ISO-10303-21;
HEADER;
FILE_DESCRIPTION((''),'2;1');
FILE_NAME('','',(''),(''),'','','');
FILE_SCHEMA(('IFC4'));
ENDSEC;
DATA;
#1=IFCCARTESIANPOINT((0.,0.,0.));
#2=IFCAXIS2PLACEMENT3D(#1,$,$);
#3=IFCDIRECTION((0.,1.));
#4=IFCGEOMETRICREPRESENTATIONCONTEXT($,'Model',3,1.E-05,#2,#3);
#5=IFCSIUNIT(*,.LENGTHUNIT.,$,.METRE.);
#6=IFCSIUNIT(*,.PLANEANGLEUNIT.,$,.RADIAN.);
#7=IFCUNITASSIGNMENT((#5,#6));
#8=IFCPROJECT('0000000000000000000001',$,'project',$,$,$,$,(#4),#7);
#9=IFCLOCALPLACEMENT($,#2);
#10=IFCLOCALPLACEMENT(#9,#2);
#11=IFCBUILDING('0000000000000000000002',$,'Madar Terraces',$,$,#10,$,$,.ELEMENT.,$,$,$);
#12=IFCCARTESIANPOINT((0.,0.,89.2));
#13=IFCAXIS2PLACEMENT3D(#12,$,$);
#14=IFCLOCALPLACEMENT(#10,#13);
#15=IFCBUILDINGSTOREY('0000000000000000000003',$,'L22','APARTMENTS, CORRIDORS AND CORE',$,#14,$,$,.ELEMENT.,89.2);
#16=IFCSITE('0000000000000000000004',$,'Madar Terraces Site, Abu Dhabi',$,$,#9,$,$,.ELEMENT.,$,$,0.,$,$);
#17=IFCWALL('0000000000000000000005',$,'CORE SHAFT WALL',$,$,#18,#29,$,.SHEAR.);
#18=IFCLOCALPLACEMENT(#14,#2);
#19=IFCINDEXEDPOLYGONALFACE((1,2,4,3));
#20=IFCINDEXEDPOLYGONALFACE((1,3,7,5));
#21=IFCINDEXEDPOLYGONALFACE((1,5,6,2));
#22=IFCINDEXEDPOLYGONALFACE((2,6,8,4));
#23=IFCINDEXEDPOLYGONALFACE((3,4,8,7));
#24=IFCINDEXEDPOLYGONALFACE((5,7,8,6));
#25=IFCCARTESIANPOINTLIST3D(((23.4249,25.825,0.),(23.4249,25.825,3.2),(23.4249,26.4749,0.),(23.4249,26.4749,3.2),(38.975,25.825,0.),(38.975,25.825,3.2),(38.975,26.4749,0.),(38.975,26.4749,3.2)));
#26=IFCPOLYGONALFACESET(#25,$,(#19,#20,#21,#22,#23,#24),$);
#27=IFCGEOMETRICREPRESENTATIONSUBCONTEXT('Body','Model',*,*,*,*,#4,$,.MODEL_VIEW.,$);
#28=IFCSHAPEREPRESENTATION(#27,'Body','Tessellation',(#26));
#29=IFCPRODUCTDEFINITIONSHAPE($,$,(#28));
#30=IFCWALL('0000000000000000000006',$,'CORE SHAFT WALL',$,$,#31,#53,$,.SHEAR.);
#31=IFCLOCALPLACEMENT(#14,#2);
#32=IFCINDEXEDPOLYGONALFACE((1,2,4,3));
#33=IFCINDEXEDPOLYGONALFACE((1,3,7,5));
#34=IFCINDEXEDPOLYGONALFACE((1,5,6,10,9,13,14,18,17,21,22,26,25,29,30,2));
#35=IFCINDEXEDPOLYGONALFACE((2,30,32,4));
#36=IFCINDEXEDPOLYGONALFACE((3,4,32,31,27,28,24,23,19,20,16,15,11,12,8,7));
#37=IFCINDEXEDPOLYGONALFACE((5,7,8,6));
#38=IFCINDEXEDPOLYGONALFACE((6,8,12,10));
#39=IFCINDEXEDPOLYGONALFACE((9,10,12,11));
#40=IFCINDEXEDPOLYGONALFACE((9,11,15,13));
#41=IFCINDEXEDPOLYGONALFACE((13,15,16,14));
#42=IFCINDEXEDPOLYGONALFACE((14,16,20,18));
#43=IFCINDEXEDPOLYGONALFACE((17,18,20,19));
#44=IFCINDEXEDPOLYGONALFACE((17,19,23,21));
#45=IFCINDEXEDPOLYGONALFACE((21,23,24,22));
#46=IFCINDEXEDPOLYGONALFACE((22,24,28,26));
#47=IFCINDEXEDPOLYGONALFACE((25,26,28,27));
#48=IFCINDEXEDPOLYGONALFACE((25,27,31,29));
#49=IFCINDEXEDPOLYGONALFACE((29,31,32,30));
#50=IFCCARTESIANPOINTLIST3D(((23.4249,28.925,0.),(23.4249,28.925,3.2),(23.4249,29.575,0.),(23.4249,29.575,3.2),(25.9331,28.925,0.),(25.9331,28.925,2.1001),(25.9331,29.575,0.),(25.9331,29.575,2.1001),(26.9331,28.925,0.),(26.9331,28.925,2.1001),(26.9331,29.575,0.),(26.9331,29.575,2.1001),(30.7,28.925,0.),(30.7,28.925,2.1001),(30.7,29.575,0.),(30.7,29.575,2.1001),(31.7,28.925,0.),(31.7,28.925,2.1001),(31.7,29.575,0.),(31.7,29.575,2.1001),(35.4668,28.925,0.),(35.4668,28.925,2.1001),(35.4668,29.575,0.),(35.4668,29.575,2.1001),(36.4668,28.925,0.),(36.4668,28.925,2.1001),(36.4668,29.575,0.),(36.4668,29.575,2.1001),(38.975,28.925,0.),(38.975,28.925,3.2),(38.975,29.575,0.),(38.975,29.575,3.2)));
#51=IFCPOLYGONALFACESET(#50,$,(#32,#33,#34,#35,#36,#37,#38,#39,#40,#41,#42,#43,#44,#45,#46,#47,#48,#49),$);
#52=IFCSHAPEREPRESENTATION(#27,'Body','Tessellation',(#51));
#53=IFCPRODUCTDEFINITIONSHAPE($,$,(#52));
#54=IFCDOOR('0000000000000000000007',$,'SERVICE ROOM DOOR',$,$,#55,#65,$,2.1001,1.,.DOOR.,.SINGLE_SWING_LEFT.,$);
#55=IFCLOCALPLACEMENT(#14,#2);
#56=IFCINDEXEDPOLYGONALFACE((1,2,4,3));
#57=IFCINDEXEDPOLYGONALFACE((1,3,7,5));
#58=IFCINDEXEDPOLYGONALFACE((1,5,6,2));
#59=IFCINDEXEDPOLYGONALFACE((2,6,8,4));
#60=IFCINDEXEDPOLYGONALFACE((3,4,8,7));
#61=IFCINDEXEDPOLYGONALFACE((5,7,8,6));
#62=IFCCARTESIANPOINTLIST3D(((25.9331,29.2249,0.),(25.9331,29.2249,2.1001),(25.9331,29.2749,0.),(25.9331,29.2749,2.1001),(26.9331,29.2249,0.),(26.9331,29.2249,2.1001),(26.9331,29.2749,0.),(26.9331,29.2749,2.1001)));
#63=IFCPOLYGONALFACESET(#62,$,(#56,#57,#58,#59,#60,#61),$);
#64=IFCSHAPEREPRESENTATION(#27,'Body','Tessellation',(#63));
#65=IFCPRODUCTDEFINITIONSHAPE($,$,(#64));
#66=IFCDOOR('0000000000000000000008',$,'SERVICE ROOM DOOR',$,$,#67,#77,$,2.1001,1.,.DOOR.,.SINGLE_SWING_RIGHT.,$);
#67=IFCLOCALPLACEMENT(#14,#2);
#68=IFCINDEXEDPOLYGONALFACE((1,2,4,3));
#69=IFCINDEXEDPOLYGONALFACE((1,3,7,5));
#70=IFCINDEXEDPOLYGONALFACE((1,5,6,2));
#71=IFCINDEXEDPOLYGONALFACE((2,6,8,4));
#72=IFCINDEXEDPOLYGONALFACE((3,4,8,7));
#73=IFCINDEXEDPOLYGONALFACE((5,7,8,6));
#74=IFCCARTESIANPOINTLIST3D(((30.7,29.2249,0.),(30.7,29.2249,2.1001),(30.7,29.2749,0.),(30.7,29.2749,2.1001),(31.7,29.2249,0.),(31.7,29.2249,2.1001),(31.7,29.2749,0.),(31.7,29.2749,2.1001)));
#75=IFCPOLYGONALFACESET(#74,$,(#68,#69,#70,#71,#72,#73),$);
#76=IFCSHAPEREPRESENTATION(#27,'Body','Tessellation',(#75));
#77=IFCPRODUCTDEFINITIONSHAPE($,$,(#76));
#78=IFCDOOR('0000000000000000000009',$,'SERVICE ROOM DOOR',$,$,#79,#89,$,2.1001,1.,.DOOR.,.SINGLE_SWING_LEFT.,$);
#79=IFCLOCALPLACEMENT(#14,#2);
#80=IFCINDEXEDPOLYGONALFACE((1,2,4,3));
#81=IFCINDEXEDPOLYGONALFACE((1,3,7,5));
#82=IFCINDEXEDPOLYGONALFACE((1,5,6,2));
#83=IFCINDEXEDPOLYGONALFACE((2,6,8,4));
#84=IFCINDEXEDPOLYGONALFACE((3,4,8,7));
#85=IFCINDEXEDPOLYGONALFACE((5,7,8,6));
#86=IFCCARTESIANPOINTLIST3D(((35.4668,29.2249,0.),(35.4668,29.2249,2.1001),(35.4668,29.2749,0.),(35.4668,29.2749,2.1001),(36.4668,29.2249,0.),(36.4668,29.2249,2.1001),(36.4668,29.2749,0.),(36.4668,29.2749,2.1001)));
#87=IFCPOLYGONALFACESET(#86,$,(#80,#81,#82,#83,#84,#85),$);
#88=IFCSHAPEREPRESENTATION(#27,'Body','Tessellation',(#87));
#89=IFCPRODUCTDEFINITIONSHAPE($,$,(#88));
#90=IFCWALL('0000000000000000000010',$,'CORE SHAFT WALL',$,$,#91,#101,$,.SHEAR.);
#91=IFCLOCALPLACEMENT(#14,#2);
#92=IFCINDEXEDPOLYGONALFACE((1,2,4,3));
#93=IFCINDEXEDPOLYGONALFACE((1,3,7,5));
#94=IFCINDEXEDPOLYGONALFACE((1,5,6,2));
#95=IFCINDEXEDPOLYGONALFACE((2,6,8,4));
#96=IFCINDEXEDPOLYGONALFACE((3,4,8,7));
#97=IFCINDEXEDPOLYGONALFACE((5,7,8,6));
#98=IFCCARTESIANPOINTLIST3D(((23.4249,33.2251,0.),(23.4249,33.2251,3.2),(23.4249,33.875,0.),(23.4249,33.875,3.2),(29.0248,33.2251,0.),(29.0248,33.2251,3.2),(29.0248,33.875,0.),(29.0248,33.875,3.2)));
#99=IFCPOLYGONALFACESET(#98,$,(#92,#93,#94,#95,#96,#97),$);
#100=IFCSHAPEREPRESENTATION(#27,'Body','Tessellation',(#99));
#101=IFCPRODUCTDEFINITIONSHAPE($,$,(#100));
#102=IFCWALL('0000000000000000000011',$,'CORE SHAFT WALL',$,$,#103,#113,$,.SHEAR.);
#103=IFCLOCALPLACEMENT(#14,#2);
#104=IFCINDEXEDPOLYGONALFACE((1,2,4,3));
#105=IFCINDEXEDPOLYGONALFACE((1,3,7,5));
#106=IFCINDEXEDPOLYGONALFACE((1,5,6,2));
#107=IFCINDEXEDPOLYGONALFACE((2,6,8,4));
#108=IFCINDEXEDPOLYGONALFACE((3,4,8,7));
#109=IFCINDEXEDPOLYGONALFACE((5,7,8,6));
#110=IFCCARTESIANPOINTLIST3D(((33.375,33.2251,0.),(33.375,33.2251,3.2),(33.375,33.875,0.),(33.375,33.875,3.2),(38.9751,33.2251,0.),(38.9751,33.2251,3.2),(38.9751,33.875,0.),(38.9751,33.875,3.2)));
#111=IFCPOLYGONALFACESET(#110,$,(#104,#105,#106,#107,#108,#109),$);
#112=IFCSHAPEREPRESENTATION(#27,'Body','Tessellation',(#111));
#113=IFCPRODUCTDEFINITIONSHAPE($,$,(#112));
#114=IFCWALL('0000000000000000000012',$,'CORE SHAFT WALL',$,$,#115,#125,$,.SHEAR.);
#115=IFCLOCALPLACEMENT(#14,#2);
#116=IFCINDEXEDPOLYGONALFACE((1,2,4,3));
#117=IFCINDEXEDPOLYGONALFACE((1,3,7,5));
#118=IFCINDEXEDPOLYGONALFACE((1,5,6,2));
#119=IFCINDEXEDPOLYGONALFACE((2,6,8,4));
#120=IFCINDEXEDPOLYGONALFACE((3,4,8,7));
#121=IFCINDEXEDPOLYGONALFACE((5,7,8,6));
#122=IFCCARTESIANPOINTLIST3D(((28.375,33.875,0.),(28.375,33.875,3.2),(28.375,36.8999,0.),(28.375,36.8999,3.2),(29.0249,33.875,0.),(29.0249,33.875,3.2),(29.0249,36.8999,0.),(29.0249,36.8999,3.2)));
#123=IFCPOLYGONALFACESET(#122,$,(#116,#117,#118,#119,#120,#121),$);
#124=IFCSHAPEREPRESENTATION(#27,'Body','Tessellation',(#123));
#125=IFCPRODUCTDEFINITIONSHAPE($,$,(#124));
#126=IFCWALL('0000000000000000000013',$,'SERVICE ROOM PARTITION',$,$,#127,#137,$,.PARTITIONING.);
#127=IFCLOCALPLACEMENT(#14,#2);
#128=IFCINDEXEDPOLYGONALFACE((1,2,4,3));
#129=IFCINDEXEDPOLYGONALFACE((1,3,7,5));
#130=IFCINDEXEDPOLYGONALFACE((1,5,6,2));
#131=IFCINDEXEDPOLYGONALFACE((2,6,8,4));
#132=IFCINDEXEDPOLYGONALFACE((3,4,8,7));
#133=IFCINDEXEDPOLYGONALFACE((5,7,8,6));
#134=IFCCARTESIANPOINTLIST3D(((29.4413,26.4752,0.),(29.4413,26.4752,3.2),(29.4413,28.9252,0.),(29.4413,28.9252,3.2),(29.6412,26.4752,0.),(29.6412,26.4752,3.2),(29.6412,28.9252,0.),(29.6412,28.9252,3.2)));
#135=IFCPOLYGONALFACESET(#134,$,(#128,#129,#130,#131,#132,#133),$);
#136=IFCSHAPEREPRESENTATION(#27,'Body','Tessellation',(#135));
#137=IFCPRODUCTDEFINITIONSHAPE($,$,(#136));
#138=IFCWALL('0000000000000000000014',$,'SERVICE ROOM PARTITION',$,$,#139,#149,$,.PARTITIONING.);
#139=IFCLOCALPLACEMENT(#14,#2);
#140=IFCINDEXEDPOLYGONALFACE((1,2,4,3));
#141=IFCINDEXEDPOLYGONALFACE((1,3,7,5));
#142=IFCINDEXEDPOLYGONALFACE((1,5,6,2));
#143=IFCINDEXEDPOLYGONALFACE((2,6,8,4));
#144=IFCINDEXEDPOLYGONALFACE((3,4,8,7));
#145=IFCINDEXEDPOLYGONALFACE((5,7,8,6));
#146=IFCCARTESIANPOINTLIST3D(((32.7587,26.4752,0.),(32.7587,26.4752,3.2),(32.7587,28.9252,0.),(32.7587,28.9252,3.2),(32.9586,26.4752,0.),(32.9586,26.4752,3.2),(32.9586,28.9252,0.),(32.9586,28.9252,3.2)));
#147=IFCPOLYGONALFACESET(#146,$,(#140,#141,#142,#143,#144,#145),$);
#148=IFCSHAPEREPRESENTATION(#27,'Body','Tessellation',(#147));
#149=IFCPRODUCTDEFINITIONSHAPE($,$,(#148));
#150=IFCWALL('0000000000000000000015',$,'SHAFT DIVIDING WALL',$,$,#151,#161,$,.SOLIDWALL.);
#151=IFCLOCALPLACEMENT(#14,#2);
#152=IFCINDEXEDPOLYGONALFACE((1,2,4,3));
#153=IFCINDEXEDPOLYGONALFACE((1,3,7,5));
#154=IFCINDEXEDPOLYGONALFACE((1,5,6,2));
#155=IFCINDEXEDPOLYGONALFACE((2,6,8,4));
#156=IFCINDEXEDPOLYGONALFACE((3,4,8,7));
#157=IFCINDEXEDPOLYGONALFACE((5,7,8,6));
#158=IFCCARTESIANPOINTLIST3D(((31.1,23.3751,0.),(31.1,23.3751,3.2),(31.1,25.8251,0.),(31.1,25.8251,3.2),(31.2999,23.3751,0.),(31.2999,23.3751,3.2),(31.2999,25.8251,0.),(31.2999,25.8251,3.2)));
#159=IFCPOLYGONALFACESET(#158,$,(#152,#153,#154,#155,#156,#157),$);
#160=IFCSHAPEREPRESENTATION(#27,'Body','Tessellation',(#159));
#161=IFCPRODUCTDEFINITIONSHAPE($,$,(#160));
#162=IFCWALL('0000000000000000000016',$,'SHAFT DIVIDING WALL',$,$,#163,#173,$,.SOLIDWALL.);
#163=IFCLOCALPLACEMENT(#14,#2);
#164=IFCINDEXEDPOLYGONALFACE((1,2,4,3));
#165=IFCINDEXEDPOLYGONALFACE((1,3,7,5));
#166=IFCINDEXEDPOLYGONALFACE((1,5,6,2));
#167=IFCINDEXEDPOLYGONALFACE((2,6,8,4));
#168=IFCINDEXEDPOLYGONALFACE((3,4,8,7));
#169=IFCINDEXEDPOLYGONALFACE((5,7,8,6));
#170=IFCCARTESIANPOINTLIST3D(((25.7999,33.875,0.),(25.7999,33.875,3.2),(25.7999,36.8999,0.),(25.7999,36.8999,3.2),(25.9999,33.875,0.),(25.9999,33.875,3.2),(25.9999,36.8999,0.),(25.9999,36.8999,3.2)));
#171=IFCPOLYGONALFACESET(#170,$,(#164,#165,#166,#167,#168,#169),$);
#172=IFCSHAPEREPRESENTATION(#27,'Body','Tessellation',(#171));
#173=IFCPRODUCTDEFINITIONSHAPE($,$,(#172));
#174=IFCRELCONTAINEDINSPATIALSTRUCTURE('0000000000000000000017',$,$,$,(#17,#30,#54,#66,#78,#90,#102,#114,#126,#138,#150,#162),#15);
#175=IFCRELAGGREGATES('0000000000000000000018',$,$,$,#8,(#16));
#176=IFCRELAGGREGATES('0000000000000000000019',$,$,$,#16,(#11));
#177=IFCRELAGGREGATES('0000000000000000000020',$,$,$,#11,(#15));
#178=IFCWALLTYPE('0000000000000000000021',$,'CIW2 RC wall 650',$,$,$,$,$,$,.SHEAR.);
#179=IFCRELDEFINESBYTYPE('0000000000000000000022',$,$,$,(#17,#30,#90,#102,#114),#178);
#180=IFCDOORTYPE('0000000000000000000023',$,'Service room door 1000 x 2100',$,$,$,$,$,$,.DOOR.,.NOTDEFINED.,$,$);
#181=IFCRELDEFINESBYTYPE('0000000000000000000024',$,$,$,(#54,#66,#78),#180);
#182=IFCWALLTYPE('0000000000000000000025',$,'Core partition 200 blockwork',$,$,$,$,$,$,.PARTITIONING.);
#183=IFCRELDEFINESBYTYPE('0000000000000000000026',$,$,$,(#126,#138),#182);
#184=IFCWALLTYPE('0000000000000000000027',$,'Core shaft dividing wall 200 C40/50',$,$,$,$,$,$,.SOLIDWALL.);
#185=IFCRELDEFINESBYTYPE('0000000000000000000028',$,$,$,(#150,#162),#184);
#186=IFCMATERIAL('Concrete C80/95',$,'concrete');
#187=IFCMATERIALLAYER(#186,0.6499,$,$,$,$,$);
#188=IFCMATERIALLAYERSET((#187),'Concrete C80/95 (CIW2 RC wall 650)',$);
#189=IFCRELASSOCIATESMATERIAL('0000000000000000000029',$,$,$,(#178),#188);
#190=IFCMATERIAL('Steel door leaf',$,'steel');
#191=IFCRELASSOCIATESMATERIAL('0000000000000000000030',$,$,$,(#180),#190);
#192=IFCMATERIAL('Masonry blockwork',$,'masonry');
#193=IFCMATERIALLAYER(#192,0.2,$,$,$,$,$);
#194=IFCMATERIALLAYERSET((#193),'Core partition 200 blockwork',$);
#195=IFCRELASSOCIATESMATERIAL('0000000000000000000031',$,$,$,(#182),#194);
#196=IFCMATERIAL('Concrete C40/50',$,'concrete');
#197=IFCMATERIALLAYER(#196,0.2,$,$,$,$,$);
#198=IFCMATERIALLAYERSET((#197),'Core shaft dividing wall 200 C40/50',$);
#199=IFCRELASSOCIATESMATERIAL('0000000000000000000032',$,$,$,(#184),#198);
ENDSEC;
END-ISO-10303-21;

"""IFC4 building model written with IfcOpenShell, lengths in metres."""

from ifc_helpers import new_model, si_unit, direction, frame, frame_2d, origin, place, context, subcontext, project, spatial, rectangle, extrude, material, layer, layer_set, type_object, element, fill, save


model = new_model("IFC4")

# Units and contexts
model_context = context("Model", 3, precision=1e-05, world=origin(), true_north=direction((0.0, 1.0)))
body_context = subcontext(model_context, "Body", "Model", "MODEL_VIEW")
ifc_project = project(units=[si_unit("LENGTHUNIT", "METRE"), si_unit("PLANEANGLEUNIT", "RADIAN")], contexts=[model_context])

# Site, building, storey
site_placement = place(None, origin())
site = spatial("IfcSite", under=ifc_project, at=site_placement, Name="Madar Terraces Site, Abu Dhabi", CompositionType="ELEMENT", RefElevation=0.0)
building_placement = place(site_placement, origin())
building = spatial("IfcBuilding", under=site, at=building_placement, Name="Madar Terraces", CompositionType="ELEMENT")
storey_placement = place(building_placement, frame((0.0, 0.0, 89.2)))
storey = spatial("IfcBuildingStorey", under=building, at=storey_placement, Name="L22", Description="APARTMENTS, CORRIDORS AND CORE", CompositionType="ELEMENT", Elevation=89.2)

# Wall
ifc_material_1 = material(Name="Concrete C80/95", Category="concrete")
ifc_layer_1 = layer(ifc_material_1, 0.6499)
ifc_layer_set_1 = layer_set([ifc_layer_1], Name="Concrete C80/95 (CIW2 RC wall 650)")
wall_type_1 = type_object("IfcWallType", Name="CIW2 RC wall 650", PredefinedType="SHEAR", material=ifc_layer_set_1)
wall_1_placement = place(storey_placement, frame((23.425, 26.1499, 0.0), z_axis=(0.0, 0.0, 1.0), x_axis=(1.0, 0.0, 0.0)))
element("IfcWall", 1, at=wall_1_placement, inside=storey, type_object=wall_type_1, Name="CORE SHAFT WALL", PredefinedType="SHEAR", context=body_context, shape_type="SweptSolid", body=[
    extrude(rectangle(XDim=15.55, YDim=0.6499, at=frame_2d((7.7749, 0.0))), origin(), (0.0, 0.0, 1.0), 3.2),
])

# Wall, openings, doors
wall_2_placement = place(storey_placement, frame((23.425, 29.25, 0.0), z_axis=(0.0, 0.0, 1.0), x_axis=(1.0, 0.0, 0.0)))
wall_2 = element("IfcWall", 2, at=wall_2_placement, inside=storey, type_object=wall_type_1, Name="CORE SHAFT WALL", PredefinedType="SHEAR", context=body_context, shape_type="SweptSolid", body=[
    extrude(rectangle(XDim=15.55, YDim=0.6499, at=frame_2d((7.7749, 0.0))), origin(), (0.0, 0.0, 1.0), 3.2),
])
opening_1_placement = place(wall_2_placement, frame((2.5081, 0.0, 0.0)))
opening_1 = element("IfcOpeningElement", 3, at=opening_1_placement, cuts=wall_2, PredefinedType="OPENING", context=body_context, shape_type="SweptSolid", body=[
    extrude(rectangle(XDim=1.0, YDim=2.1001, at=frame_2d((0.5, 1.05))), frame((0.0, 0.335, 0.0), z_axis=(0.0, -1.0, 0.0), x_axis=(1.0, 0.0, 0.0)), (0.0, 0.0, 1.0), 0.6699),
])
opening_2_placement = place(wall_2_placement, frame((7.2749, 0.0, 0.0)))
opening_2 = element("IfcOpeningElement", 4, at=opening_2_placement, cuts=wall_2, PredefinedType="OPENING", context=body_context, shape_type="SweptSolid", body=[
    extrude(rectangle(XDim=1.0, YDim=2.1001, at=frame_2d((0.5, 1.05))), frame((0.0, 0.335, 0.0), z_axis=(0.0, -1.0, 0.0), x_axis=(1.0, 0.0, 0.0)), (0.0, 0.0, 1.0), 0.6699),
])
opening_3_placement = place(wall_2_placement, frame((12.0417, 0.0, 0.0)))
opening_3 = element("IfcOpeningElement", 5, at=opening_3_placement, cuts=wall_2, PredefinedType="OPENING", context=body_context, shape_type="SweptSolid", body=[
    extrude(rectangle(XDim=1.0, YDim=2.1001, at=frame_2d((0.5, 1.05))), frame((0.0, 0.335, 0.0), z_axis=(0.0, -1.0, 0.0), x_axis=(1.0, 0.0, 0.0)), (0.0, 0.0, 1.0), 0.6699),
])
ifc_material_2 = material(Name="Steel door leaf", Category="steel")
door_type = type_object("IfcDoorType", Name="Service room door 1000 x 2100", OperationType="NOTDEFINED", PredefinedType="DOOR", material=ifc_material_2)
door_1_placement = place(opening_1_placement, origin())
door_1 = element("IfcDoor", 6, at=door_1_placement, inside=storey, type_object=door_type, Name="SERVICE ROOM DOOR", OperationType="SINGLE_SWING_LEFT", OverallHeight=2.1001, OverallWidth=1.0, PredefinedType="DOOR", context=body_context, shape_type="SweptSolid", body=[
    extrude(rectangle(XDim=1.0, YDim=2.1001, at=frame_2d((0.5, 1.05))), frame((0.0, 0.0249, 0.0), z_axis=(0.0, -1.0, 0.0), x_axis=(1.0, 0.0, 0.0)), (0.0, 0.0, 1.0), 0.05),
])
fill(opening_1, door_1)
door_2_placement = place(opening_2_placement, origin())
door_2 = element("IfcDoor", 7, at=door_2_placement, inside=storey, type_object=door_type, Name="SERVICE ROOM DOOR", OperationType="SINGLE_SWING_RIGHT", OverallHeight=2.1001, OverallWidth=1.0, PredefinedType="DOOR", context=body_context, shape_type="SweptSolid", body=[
    extrude(rectangle(XDim=1.0, YDim=2.1001, at=frame_2d((0.5, 1.05))), frame((0.0, 0.0249, 0.0), z_axis=(0.0, -1.0, 0.0), x_axis=(1.0, 0.0, 0.0)), (0.0, 0.0, 1.0), 0.05),
])
fill(opening_2, door_2)
door_3_placement = place(opening_3_placement, origin())
door_3 = element("IfcDoor", 8, at=door_3_placement, inside=storey, type_object=door_type, Name="SERVICE ROOM DOOR", OperationType="SINGLE_SWING_LEFT", OverallHeight=2.1001, OverallWidth=1.0, PredefinedType="DOOR", context=body_context, shape_type="SweptSolid", body=[
    extrude(rectangle(XDim=1.0, YDim=2.1001, at=frame_2d((0.5, 1.05))), frame((0.0, 0.0249, 0.0), z_axis=(0.0, -1.0, 0.0), x_axis=(1.0, 0.0, 0.0)), (0.0, 0.0, 1.0), 0.05),
])
fill(opening_3, door_3)

# Walls
wall_3_placement = place(storey_placement, frame((23.425, 33.55, 0.0), z_axis=(0.0, 0.0, 1.0), x_axis=(1.0, 0.0, 0.0)))
element("IfcWall", 9, at=wall_3_placement, inside=storey, type_object=wall_type_1, Name="CORE SHAFT WALL", PredefinedType="SHEAR", context=body_context, shape_type="SweptSolid", body=[
    extrude(rectangle(XDim=5.5999, YDim=0.6499, at=frame_2d((2.7998, 0.0))), origin(), (0.0, 0.0, 1.0), 3.2),
])
wall_4_placement = place(storey_placement, frame((33.375, 33.55, 0.0), z_axis=(0.0, 0.0, 1.0), x_axis=(1.0, 0.0, 0.0)))
element("IfcWall", 10, at=wall_4_placement, inside=storey, type_object=wall_type_1, Name="CORE SHAFT WALL", PredefinedType="SHEAR", context=body_context, shape_type="SweptSolid", body=[
    extrude(rectangle(XDim=5.6001, YDim=0.6499, at=frame_2d((2.8, 0.0))), origin(), (0.0, 0.0, 1.0), 3.2),
])
wall_5_placement = place(storey_placement, frame((28.7, 33.875, 0.0), z_axis=(0.0, 0.0, 1.0), x_axis=(0.0, 1.0, 0.0)))
element("IfcWall", 11, at=wall_5_placement, inside=storey, type_object=wall_type_1, Name="CORE SHAFT WALL", PredefinedType="SHEAR", context=body_context, shape_type="SweptSolid", body=[
    extrude(rectangle(XDim=3.0249, YDim=0.6499, at=frame_2d((1.5125, 0.0))), origin(), (0.0, 0.0, 1.0), 3.2),
])
ifc_material_3 = material(Name="Masonry blockwork", Category="masonry")
ifc_layer_2 = layer(ifc_material_3, 0.2)
ifc_layer_set_2 = layer_set([ifc_layer_2], Name="Core partition 200 blockwork")
wall_type_2 = type_object("IfcWallType", Name="Core partition 200 blockwork", PredefinedType="PARTITIONING", material=ifc_layer_set_2)
for number, where, z_axis, x_axis, name in (
    (12, (29.5413, 26.4751, 0.0), (0.0, 0.0, 1.0), (0.0, 1.0, 0.0), "SERVICE ROOM PARTITION"),
    (13, (32.8586, 26.4751, 0.0), (0.0, 0.0, 1.0), (0.0, 1.0, 0.0), "SERVICE ROOM PARTITION"),
):
    element("IfcWall", number, at=place(storey_placement, frame(where, z_axis=z_axis, x_axis=x_axis)), inside=storey, type_object=wall_type_2, Name=name, PredefinedType="PARTITIONING", context=body_context, shape_type="SweptSolid", body=[
        extrude(rectangle(XDim=2.45, YDim=0.2, at=frame_2d((1.2251, 0.0))), origin(), (0.0, 0.0, 1.0), 3.2),
    ])
ifc_material_4 = material(Name="Concrete C40/50", Category="concrete")
ifc_layer_3 = layer(ifc_material_4, 0.2)
ifc_layer_set_3 = layer_set([ifc_layer_3], Name="Core shaft dividing wall 200 C40/50")
wall_type_3 = type_object("IfcWallType", Name="Core shaft dividing wall 200 C40/50", PredefinedType="SOLIDWALL", material=ifc_layer_set_3)
wall_6_placement = place(storey_placement, frame((31.2, 23.375, 0.0), z_axis=(0.0, 0.0, 1.0), x_axis=(0.0, 1.0, 0.0)))
element("IfcWall", 14, at=wall_6_placement, inside=storey, type_object=wall_type_3, Name="SHAFT DIVIDING WALL", PredefinedType="SOLIDWALL", context=body_context, shape_type="SweptSolid", body=[
    extrude(rectangle(XDim=2.45, YDim=0.2, at=frame_2d((1.2251, 0.0))), origin(), (0.0, 0.0, 1.0), 3.2),
])
wall_7_placement = place(storey_placement, frame((25.8999, 33.875, 0.0), z_axis=(0.0, 0.0, 1.0), x_axis=(0.0, 1.0, 0.0)))
element("IfcWall", 15, at=wall_7_placement, inside=storey, type_object=wall_type_3, Name="SHAFT DIVIDING WALL", PredefinedType="SOLIDWALL", context=body_context, shape_type="SweptSolid", body=[
    extrude(rectangle(XDim=3.0249, YDim=0.2, at=frame_2d((1.5125, 0.0))), origin(), (0.0, 0.0, 1.0), 3.2),
])

save(model, "model.ifc")
